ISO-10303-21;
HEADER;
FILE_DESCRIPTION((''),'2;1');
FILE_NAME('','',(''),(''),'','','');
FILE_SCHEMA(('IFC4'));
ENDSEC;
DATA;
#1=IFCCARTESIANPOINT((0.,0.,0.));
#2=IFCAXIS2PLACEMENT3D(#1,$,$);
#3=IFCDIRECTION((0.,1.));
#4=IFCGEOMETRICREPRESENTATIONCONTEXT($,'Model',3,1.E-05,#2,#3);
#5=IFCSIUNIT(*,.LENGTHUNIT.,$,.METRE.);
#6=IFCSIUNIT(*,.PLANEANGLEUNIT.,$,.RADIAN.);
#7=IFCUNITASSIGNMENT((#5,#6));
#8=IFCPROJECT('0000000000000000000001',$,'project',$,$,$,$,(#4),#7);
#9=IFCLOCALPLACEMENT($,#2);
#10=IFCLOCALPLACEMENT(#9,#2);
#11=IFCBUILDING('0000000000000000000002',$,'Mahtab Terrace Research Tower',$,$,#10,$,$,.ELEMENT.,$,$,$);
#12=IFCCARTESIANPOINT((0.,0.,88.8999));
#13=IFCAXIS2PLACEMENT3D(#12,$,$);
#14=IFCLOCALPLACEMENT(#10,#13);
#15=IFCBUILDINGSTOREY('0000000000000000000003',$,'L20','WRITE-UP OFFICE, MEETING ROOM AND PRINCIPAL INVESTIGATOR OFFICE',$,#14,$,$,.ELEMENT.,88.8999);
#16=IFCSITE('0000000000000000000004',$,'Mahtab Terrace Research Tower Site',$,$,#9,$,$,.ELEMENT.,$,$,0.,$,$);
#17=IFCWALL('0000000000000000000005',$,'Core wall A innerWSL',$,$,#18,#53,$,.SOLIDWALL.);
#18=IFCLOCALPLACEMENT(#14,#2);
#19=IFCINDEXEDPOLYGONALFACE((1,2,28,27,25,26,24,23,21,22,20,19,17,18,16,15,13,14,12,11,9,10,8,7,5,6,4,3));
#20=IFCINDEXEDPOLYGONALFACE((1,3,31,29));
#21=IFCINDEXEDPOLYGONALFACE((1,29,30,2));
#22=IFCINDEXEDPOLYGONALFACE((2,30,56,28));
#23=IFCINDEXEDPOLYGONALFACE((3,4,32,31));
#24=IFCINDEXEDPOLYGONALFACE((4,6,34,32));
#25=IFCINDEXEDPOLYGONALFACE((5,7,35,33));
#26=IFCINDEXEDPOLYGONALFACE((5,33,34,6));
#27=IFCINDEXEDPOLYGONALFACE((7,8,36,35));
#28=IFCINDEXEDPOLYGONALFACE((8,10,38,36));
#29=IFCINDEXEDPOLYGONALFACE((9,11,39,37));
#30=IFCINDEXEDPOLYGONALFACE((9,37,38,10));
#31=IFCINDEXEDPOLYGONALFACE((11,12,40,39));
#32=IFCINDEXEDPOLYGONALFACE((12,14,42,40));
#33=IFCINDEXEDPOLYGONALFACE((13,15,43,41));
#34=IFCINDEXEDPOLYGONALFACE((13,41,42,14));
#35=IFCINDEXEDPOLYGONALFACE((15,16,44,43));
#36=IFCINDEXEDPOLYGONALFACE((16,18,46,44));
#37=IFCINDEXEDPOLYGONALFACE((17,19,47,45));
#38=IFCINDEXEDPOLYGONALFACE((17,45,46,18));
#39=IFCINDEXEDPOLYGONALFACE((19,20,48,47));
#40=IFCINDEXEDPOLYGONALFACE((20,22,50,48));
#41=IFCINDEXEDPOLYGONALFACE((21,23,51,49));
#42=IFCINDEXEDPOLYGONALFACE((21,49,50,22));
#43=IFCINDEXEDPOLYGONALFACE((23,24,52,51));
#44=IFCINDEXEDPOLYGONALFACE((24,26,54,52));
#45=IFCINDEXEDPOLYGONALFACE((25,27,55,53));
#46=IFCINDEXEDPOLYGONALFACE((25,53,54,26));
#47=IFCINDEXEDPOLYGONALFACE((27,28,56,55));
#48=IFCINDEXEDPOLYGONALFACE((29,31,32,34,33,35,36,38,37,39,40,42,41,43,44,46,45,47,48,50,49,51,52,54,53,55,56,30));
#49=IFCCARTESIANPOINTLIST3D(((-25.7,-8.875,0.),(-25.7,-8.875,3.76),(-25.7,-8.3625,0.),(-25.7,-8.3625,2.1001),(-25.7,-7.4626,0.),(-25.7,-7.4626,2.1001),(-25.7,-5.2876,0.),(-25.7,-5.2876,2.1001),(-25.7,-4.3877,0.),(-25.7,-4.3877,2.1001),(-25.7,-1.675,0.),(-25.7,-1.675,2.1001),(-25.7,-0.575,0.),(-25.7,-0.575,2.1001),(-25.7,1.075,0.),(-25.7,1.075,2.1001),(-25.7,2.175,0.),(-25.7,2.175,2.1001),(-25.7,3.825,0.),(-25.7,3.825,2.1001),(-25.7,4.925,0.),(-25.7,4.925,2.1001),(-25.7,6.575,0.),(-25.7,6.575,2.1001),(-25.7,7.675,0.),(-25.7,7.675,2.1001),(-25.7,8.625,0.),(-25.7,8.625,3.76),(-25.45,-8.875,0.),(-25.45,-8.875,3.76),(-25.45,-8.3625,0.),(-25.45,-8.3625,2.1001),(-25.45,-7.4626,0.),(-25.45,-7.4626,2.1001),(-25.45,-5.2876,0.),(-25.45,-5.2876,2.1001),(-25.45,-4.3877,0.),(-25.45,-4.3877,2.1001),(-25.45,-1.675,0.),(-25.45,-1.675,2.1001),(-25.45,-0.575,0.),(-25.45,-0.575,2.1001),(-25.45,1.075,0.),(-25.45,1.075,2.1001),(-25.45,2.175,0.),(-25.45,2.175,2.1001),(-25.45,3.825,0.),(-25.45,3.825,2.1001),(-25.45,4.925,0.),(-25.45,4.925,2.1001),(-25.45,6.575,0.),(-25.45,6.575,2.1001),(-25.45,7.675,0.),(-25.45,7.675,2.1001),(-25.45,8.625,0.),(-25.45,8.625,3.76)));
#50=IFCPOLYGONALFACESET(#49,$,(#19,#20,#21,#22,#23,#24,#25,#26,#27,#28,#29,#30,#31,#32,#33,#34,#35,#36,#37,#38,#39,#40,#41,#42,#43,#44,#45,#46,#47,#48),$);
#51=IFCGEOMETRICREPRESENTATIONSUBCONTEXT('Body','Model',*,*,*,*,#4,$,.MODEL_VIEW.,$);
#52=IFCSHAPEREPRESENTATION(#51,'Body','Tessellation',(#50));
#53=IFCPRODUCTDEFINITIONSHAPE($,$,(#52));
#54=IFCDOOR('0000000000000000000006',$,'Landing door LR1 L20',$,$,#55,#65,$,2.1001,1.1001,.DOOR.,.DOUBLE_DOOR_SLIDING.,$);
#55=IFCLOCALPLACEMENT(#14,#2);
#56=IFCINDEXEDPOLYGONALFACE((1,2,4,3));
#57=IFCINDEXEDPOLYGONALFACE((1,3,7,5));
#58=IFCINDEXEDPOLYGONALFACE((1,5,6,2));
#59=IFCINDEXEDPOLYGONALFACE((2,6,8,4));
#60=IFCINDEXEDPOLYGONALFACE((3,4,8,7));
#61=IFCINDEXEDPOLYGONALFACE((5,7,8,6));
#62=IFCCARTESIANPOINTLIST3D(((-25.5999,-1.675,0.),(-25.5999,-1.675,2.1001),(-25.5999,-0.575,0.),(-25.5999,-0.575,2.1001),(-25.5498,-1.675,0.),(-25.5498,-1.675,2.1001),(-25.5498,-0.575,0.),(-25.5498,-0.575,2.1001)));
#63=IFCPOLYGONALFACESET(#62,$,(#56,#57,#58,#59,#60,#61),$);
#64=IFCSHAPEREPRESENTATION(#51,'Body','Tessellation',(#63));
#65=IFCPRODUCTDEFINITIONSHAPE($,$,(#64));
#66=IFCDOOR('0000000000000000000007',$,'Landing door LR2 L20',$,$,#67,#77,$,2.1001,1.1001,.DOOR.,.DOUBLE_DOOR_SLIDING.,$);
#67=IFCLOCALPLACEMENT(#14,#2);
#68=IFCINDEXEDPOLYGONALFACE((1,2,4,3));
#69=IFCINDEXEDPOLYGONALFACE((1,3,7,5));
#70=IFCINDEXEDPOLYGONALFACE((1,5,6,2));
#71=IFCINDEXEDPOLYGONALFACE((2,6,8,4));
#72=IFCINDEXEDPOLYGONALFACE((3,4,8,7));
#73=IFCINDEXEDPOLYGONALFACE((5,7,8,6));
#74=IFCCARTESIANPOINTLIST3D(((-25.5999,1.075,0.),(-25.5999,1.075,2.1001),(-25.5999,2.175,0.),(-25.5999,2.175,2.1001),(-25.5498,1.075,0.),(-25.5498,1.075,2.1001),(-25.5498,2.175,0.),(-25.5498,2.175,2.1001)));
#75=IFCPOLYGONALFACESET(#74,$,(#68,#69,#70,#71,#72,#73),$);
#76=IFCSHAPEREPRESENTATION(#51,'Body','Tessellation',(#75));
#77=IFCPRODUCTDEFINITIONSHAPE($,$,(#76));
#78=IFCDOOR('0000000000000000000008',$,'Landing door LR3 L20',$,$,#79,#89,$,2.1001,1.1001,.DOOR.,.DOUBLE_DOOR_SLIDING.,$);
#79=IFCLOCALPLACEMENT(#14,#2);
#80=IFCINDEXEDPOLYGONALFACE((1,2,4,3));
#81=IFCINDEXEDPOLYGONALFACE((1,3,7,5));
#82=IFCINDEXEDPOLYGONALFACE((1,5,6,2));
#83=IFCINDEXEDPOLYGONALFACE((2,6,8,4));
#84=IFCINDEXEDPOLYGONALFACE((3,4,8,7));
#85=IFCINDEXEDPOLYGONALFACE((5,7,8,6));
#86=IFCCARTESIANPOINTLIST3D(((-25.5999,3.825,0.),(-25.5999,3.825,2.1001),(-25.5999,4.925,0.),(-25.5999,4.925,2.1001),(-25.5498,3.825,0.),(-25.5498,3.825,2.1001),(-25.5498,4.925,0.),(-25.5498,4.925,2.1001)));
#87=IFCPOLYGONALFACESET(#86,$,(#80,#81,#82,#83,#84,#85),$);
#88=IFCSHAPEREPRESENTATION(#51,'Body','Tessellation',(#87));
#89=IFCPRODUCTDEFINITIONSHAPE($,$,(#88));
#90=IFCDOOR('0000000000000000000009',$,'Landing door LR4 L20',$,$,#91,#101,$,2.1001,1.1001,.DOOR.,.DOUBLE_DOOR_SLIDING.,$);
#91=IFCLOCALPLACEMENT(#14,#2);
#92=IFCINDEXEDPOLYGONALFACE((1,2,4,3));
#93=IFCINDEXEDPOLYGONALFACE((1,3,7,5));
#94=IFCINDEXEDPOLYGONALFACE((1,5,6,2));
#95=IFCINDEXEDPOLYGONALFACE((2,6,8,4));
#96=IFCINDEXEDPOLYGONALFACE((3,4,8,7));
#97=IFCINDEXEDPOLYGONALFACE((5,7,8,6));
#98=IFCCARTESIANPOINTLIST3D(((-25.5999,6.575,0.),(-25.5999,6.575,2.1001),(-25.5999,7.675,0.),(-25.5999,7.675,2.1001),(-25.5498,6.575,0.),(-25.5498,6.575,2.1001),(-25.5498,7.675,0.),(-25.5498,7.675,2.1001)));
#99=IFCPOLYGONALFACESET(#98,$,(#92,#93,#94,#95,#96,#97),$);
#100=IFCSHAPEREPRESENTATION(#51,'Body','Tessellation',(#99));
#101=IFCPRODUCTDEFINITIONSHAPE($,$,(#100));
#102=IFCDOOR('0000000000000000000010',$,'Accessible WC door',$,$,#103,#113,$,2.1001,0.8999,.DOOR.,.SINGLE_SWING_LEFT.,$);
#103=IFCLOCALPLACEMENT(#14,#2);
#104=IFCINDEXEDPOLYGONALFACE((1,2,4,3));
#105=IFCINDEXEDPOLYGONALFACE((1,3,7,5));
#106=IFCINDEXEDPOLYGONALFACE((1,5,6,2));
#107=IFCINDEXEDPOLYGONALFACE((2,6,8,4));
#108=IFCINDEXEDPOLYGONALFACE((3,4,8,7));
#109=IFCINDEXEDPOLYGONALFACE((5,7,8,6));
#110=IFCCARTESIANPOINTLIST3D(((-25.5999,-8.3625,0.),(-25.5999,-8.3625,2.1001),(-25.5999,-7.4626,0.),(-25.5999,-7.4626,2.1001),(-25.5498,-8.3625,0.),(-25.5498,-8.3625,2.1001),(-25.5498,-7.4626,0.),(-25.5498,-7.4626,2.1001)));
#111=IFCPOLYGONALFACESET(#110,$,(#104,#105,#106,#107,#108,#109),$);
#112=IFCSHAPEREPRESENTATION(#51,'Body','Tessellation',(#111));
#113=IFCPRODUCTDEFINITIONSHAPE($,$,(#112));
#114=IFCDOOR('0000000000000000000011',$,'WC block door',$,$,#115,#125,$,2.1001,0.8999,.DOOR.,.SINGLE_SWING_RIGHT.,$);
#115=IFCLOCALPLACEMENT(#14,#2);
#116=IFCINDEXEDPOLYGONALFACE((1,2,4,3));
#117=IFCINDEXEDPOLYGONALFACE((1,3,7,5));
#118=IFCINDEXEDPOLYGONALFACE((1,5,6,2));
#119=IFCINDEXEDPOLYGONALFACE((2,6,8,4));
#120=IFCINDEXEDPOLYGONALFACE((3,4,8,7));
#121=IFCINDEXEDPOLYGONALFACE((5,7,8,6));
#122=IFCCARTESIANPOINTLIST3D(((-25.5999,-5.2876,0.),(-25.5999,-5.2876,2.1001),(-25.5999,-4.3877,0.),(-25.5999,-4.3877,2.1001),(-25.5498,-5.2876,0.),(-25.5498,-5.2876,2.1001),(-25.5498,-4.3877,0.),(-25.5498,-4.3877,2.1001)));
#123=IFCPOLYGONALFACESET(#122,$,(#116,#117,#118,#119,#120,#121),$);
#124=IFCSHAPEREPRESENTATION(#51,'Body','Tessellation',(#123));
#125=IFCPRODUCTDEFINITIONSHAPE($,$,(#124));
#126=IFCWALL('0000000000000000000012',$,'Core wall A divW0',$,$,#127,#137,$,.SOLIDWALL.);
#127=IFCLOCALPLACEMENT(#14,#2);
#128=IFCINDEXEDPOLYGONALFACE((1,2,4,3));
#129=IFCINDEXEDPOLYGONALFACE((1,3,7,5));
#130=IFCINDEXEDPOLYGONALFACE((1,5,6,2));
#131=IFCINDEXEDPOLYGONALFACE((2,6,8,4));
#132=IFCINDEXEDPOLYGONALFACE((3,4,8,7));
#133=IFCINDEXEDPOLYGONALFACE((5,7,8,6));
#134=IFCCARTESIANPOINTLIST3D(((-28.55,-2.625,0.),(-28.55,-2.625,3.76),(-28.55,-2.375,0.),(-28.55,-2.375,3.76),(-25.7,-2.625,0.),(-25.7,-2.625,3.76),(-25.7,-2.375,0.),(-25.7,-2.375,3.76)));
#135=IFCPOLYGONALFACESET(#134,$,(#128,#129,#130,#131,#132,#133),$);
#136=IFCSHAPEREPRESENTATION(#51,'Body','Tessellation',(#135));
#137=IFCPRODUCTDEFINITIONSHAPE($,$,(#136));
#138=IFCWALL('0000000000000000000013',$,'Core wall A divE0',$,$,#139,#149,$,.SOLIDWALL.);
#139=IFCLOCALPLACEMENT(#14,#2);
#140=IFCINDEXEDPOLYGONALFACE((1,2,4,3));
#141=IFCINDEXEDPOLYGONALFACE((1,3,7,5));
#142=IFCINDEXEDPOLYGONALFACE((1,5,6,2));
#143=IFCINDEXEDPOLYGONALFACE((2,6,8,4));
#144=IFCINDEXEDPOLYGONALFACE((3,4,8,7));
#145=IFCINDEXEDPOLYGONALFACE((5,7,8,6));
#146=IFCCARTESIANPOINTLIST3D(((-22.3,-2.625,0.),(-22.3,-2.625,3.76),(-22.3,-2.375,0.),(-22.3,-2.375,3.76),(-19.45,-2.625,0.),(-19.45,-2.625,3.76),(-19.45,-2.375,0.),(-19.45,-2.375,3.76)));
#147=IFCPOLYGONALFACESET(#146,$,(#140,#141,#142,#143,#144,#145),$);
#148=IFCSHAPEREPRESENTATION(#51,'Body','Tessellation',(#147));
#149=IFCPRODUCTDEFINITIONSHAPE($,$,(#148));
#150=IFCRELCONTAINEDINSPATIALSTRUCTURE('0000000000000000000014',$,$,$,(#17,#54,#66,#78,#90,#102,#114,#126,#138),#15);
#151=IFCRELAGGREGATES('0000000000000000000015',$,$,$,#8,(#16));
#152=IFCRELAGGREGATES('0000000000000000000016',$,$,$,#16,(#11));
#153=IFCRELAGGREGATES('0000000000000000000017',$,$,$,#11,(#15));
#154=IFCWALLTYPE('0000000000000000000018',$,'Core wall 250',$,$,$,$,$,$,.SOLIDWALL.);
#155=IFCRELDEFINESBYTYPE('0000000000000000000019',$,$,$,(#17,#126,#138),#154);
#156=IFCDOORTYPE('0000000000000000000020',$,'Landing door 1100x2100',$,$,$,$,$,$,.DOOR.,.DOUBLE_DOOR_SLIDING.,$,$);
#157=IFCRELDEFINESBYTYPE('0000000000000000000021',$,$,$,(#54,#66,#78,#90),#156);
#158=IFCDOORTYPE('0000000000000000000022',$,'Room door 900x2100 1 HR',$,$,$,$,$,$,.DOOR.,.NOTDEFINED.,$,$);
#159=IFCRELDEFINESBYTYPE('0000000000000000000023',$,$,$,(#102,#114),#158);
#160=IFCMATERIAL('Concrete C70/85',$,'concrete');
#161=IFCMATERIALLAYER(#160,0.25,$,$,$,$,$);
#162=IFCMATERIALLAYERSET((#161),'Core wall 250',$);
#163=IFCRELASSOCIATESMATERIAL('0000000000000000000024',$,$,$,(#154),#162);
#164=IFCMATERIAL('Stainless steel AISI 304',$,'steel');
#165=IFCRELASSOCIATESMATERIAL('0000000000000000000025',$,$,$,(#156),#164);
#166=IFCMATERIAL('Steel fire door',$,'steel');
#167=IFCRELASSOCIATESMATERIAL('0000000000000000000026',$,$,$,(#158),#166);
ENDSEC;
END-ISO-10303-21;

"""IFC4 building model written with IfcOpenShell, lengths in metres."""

from ifc_helpers import new_model, si_unit, direction, frame, frame_2d, origin, place, context, subcontext, project, spatial, rectangle, extrude, material, layer, layer_set, type_object, element, fill, save


model = new_model("IFC4")

# Units and contexts
model_context = context("Model", 3, precision=1e-05, world=origin(), true_north=direction((0.0, 1.0)))
body_context = subcontext(model_context, "Body", "Model", "MODEL_VIEW")
ifc_project = project(units=[si_unit("LENGTHUNIT", "METRE"), si_unit("PLANEANGLEUNIT", "RADIAN")], contexts=[model_context])

# Site, building, storey
site_placement = place(None, origin())
site = spatial("IfcSite", under=ifc_project, at=site_placement, Name="Mahtab Terrace Research Tower Site", CompositionType="ELEMENT", RefElevation=0.0)
building_placement = place(site_placement, origin())
building = spatial("IfcBuilding", under=site, at=building_placement, Name="Mahtab Terrace Research Tower", CompositionType="ELEMENT")
storey_placement = place(building_placement, frame((0.0, 0.0, 88.8999)))
storey = spatial("IfcBuildingStorey", under=building, at=storey_placement, Name="L20", Description="WRITE-UP OFFICE, MEETING ROOM AND PRINCIPAL INVESTIGATOR OFFICE", CompositionType="ELEMENT", Elevation=88.8999)

# Shared definitions
ifc_material_1 = material(Name="Concrete C70/85", Category="concrete")

# Shared definitions
ifc_layer_1 = layer(ifc_material_1, 0.25)
ifc_layer_set_1 = layer_set([ifc_layer_1], Name="Core wall 250")
wall_type_1 = type_object("IfcWallType", Name="Core wall 250", PredefinedType="SOLIDWALL", material=ifc_layer_set_1)

# Shared definitions
ifc_material_2 = material(Name="Steel fire door", Category="steel")

# Wall, openings, doors
wall_1_placement = place(storey_placement, frame((-25.575, -8.875, 0.0), z_axis=(0.0, 0.0, 1.0), x_axis=(0.0, 1.0, 0.0)))
wall_1 = element("IfcWall", 1, at=wall_1_placement, inside=storey, type_object=wall_type_1, Name="Core wall A innerWSL", PredefinedType="SOLIDWALL", context=body_context, shape_type="SweptSolid", body=[
    extrude(rectangle(XDim=17.5, YDim=0.25, at=frame_2d((8.75, 0.0))), origin(), (0.0, 0.0, 1.0), 3.76),
])
opening_1_placement = place(wall_1_placement, frame((7.2, 0.0, 0.0)))
opening_1 = element("IfcOpeningElement", 2, at=opening_1_placement, cuts=wall_1, PredefinedType="OPENING", context=body_context, shape_type="SweptSolid", body=[
    extrude(rectangle(XDim=1.1001, YDim=2.1001, at=frame_2d((0.55, 1.05))), frame((0.0, 0.135, 0.0), z_axis=(0.0, -1.0, 0.0), x_axis=(1.0, 0.0, 0.0)), (0.0, 0.0, 1.0), 0.27),
])
opening_2_placement = place(wall_1_placement, frame((9.95, 0.0, 0.0)))
opening_2 = element("IfcOpeningElement", 3, at=opening_2_placement, cuts=wall_1, PredefinedType="OPENING", context=body_context, shape_type="SweptSolid", body=[
    extrude(rectangle(XDim=1.1001, YDim=2.1001, at=frame_2d((0.55, 1.05))), frame((0.0, 0.135, 0.0), z_axis=(0.0, -1.0, 0.0), x_axis=(1.0, 0.0, 0.0)), (0.0, 0.0, 1.0), 0.27),
])
opening_3_placement = place(wall_1_placement, frame((12.7, 0.0, 0.0)))
opening_3 = element("IfcOpeningElement", 4, at=opening_3_placement, cuts=wall_1, PredefinedType="OPENING", context=body_context, shape_type="SweptSolid", body=[
    extrude(rectangle(XDim=1.1001, YDim=2.1001, at=frame_2d((0.55, 1.05))), frame((0.0, 0.135, 0.0), z_axis=(0.0, -1.0, 0.0), x_axis=(1.0, 0.0, 0.0)), (0.0, 0.0, 1.0), 0.27),
])
opening_4_placement = place(wall_1_placement, frame((15.45, 0.0, 0.0)))
opening_4 = element("IfcOpeningElement", 5, at=opening_4_placement, cuts=wall_1, PredefinedType="OPENING", context=body_context, shape_type="SweptSolid", body=[
    extrude(rectangle(XDim=1.1001, YDim=2.1001, at=frame_2d((0.55, 1.05))), frame((0.0, 0.135, 0.0), z_axis=(0.0, -1.0, 0.0), x_axis=(1.0, 0.0, 0.0)), (0.0, 0.0, 1.0), 0.27),
])
opening_5_placement = place(wall_1_placement, frame((0.5125, 0.0, 0.0)))
opening_5 = element("IfcOpeningElement", 6, at=opening_5_placement, cuts=wall_1, PredefinedType="OPENING", context=body_context, shape_type="SweptSolid", body=[
    extrude(rectangle(XDim=0.8999, YDim=2.1001, at=frame_2d((0.45, 1.05))), frame((0.0, 0.135, 0.0), z_axis=(0.0, -1.0, 0.0), x_axis=(1.0, 0.0, 0.0)), (0.0, 0.0, 1.0), 0.27),
])
opening_6_placement = place(wall_1_placement, frame((3.5874, 0.0, 0.0)))
opening_6 = element("IfcOpeningElement", 7, at=opening_6_placement, cuts=wall_1, PredefinedType="OPENING", context=body_context, shape_type="SweptSolid", body=[
    extrude(rectangle(XDim=0.8999, YDim=2.1001, at=frame_2d((0.45, 1.05))), frame((0.0, 0.135, 0.0), z_axis=(0.0, -1.0, 0.0), x_axis=(1.0, 0.0, 0.0)), (0.0, 0.0, 1.0), 0.27),
])
ifc_material_3 = material(Name="Stainless steel AISI 304", Category="steel")
door_type_1 = type_object("IfcDoorType", Name="Landing door 1100x2100", OperationType="DOUBLE_DOOR_SLIDING", PredefinedType="DOOR", material=ifc_material_3)
door_1_placement = place(opening_1_placement, origin())
door_1 = element("IfcDoor", 8, at=door_1_placement, inside=storey, type_object=door_type_1, Name="Landing door LR1 L20", OperationType="DOUBLE_DOOR_SLIDING", OverallHeight=2.1001, OverallWidth=1.1001, PredefinedType="DOOR", context=body_context, shape_type="SweptSolid", body=[
    extrude(rectangle(XDim=1.1001, YDim=2.1001, at=frame_2d((0.55, 1.05))), frame((0.0, 0.0249, 0.0), z_axis=(0.0, -1.0, 0.0), x_axis=(1.0, 0.0, 0.0)), (0.0, 0.0, 1.0), 0.05),
])
fill(opening_1, door_1)
door_2_placement = place(opening_2_placement, origin())
door_2 = element("IfcDoor", 9, at=door_2_placement, inside=storey, type_object=door_type_1, Name="Landing door LR2 L20", OperationType="DOUBLE_DOOR_SLIDING", OverallHeight=2.1001, OverallWidth=1.1001, PredefinedType="DOOR", context=body_context, shape_type="SweptSolid", body=[
    extrude(rectangle(XDim=1.1001, YDim=2.1001, at=frame_2d((0.55, 1.05))), frame((0.0, 0.0249, 0.0), z_axis=(0.0, -1.0, 0.0), x_axis=(1.0, 0.0, 0.0)), (0.0, 0.0, 1.0), 0.05),
])
fill(opening_2, door_2)
door_3_placement = place(opening_3_placement, origin())
door_3 = element("IfcDoor", 10, at=door_3_placement, inside=storey, type_object=door_type_1, Name="Landing door LR3 L20", OperationType="DOUBLE_DOOR_SLIDING", OverallHeight=2.1001, OverallWidth=1.1001, PredefinedType="DOOR", context=body_context, shape_type="SweptSolid", body=[
    extrude(rectangle(XDim=1.1001, YDim=2.1001, at=frame_2d((0.55, 1.05))), frame((0.0, 0.0249, 0.0), z_axis=(0.0, -1.0, 0.0), x_axis=(1.0, 0.0, 0.0)), (0.0, 0.0, 1.0), 0.05),
])
fill(opening_3, door_3)
door_4_placement = place(opening_4_placement, origin())
door_4 = element("IfcDoor", 11, at=door_4_placement, inside=storey, type_object=door_type_1, Name="Landing door LR4 L20", OperationType="DOUBLE_DOOR_SLIDING", OverallHeight=2.1001, OverallWidth=1.1001, PredefinedType="DOOR", context=body_context, shape_type="SweptSolid", body=[
    extrude(rectangle(XDim=1.1001, YDim=2.1001, at=frame_2d((0.55, 1.05))), frame((0.0, 0.0249, 0.0), z_axis=(0.0, -1.0, 0.0), x_axis=(1.0, 0.0, 0.0)), (0.0, 0.0, 1.0), 0.05),
])
fill(opening_4, door_4)
door_type_2 = type_object("IfcDoorType", Name="Room door 900x2100 1 HR", OperationType="NOTDEFINED", PredefinedType="DOOR", material=ifc_material_2)
door_5_placement = place(opening_5_placement, origin())
door_5 = element("IfcDoor", 12, at=door_5_placement, inside=storey, type_object=door_type_2, Name="Accessible WC door", OperationType="SINGLE_SWING_LEFT", OverallHeight=2.1001, OverallWidth=0.8999, PredefinedType="DOOR", context=body_context, shape_type="SweptSolid", body=[
    extrude(rectangle(XDim=0.8999, YDim=2.1001, at=frame_2d((0.45, 1.05))), frame((0.0, 0.0249, 0.0), z_axis=(0.0, -1.0, 0.0), x_axis=(1.0, 0.0, 0.0)), (0.0, 0.0, 1.0), 0.05),
])
fill(opening_5, door_5)
door_6_placement = place(opening_6_placement, origin())
door_6 = element("IfcDoor", 13, at=door_6_placement, inside=storey, type_object=door_type_2, Name="WC block door", OperationType="SINGLE_SWING_RIGHT", OverallHeight=2.1001, OverallWidth=0.8999, PredefinedType="DOOR", context=body_context, shape_type="SweptSolid", body=[
    extrude(rectangle(XDim=0.8999, YDim=2.1001, at=frame_2d((0.45, 1.05))), frame((0.0, 0.0249, 0.0), z_axis=(0.0, -1.0, 0.0), x_axis=(1.0, 0.0, 0.0)), (0.0, 0.0, 1.0), 0.05),
])
fill(opening_6, door_6)

# Walls
for number, where, z_axis, x_axis, name in (
    (14, (-28.55, -2.5, 0.0), (0.0, 0.0, 1.0), (1.0, 0.0, 0.0), "Core wall A divW0"),
    (15, (-22.3, -2.5, 0.0), (0.0, 0.0, 1.0), (1.0, 0.0, 0.0), "Core wall A divE0"),
):
    element("IfcWall", number, at=place(storey_placement, frame(where, z_axis=z_axis, x_axis=x_axis)), inside=storey, type_object=wall_type_1, Name=name, PredefinedType="SOLIDWALL", context=body_context, shape_type="SweptSolid", body=[
        extrude(rectangle(XDim=2.8501, YDim=0.25, at=frame_2d((1.425, 0.0))), origin(), (0.0, 0.0, 1.0), 3.76),
    ])

save(model, "model.ifc")
